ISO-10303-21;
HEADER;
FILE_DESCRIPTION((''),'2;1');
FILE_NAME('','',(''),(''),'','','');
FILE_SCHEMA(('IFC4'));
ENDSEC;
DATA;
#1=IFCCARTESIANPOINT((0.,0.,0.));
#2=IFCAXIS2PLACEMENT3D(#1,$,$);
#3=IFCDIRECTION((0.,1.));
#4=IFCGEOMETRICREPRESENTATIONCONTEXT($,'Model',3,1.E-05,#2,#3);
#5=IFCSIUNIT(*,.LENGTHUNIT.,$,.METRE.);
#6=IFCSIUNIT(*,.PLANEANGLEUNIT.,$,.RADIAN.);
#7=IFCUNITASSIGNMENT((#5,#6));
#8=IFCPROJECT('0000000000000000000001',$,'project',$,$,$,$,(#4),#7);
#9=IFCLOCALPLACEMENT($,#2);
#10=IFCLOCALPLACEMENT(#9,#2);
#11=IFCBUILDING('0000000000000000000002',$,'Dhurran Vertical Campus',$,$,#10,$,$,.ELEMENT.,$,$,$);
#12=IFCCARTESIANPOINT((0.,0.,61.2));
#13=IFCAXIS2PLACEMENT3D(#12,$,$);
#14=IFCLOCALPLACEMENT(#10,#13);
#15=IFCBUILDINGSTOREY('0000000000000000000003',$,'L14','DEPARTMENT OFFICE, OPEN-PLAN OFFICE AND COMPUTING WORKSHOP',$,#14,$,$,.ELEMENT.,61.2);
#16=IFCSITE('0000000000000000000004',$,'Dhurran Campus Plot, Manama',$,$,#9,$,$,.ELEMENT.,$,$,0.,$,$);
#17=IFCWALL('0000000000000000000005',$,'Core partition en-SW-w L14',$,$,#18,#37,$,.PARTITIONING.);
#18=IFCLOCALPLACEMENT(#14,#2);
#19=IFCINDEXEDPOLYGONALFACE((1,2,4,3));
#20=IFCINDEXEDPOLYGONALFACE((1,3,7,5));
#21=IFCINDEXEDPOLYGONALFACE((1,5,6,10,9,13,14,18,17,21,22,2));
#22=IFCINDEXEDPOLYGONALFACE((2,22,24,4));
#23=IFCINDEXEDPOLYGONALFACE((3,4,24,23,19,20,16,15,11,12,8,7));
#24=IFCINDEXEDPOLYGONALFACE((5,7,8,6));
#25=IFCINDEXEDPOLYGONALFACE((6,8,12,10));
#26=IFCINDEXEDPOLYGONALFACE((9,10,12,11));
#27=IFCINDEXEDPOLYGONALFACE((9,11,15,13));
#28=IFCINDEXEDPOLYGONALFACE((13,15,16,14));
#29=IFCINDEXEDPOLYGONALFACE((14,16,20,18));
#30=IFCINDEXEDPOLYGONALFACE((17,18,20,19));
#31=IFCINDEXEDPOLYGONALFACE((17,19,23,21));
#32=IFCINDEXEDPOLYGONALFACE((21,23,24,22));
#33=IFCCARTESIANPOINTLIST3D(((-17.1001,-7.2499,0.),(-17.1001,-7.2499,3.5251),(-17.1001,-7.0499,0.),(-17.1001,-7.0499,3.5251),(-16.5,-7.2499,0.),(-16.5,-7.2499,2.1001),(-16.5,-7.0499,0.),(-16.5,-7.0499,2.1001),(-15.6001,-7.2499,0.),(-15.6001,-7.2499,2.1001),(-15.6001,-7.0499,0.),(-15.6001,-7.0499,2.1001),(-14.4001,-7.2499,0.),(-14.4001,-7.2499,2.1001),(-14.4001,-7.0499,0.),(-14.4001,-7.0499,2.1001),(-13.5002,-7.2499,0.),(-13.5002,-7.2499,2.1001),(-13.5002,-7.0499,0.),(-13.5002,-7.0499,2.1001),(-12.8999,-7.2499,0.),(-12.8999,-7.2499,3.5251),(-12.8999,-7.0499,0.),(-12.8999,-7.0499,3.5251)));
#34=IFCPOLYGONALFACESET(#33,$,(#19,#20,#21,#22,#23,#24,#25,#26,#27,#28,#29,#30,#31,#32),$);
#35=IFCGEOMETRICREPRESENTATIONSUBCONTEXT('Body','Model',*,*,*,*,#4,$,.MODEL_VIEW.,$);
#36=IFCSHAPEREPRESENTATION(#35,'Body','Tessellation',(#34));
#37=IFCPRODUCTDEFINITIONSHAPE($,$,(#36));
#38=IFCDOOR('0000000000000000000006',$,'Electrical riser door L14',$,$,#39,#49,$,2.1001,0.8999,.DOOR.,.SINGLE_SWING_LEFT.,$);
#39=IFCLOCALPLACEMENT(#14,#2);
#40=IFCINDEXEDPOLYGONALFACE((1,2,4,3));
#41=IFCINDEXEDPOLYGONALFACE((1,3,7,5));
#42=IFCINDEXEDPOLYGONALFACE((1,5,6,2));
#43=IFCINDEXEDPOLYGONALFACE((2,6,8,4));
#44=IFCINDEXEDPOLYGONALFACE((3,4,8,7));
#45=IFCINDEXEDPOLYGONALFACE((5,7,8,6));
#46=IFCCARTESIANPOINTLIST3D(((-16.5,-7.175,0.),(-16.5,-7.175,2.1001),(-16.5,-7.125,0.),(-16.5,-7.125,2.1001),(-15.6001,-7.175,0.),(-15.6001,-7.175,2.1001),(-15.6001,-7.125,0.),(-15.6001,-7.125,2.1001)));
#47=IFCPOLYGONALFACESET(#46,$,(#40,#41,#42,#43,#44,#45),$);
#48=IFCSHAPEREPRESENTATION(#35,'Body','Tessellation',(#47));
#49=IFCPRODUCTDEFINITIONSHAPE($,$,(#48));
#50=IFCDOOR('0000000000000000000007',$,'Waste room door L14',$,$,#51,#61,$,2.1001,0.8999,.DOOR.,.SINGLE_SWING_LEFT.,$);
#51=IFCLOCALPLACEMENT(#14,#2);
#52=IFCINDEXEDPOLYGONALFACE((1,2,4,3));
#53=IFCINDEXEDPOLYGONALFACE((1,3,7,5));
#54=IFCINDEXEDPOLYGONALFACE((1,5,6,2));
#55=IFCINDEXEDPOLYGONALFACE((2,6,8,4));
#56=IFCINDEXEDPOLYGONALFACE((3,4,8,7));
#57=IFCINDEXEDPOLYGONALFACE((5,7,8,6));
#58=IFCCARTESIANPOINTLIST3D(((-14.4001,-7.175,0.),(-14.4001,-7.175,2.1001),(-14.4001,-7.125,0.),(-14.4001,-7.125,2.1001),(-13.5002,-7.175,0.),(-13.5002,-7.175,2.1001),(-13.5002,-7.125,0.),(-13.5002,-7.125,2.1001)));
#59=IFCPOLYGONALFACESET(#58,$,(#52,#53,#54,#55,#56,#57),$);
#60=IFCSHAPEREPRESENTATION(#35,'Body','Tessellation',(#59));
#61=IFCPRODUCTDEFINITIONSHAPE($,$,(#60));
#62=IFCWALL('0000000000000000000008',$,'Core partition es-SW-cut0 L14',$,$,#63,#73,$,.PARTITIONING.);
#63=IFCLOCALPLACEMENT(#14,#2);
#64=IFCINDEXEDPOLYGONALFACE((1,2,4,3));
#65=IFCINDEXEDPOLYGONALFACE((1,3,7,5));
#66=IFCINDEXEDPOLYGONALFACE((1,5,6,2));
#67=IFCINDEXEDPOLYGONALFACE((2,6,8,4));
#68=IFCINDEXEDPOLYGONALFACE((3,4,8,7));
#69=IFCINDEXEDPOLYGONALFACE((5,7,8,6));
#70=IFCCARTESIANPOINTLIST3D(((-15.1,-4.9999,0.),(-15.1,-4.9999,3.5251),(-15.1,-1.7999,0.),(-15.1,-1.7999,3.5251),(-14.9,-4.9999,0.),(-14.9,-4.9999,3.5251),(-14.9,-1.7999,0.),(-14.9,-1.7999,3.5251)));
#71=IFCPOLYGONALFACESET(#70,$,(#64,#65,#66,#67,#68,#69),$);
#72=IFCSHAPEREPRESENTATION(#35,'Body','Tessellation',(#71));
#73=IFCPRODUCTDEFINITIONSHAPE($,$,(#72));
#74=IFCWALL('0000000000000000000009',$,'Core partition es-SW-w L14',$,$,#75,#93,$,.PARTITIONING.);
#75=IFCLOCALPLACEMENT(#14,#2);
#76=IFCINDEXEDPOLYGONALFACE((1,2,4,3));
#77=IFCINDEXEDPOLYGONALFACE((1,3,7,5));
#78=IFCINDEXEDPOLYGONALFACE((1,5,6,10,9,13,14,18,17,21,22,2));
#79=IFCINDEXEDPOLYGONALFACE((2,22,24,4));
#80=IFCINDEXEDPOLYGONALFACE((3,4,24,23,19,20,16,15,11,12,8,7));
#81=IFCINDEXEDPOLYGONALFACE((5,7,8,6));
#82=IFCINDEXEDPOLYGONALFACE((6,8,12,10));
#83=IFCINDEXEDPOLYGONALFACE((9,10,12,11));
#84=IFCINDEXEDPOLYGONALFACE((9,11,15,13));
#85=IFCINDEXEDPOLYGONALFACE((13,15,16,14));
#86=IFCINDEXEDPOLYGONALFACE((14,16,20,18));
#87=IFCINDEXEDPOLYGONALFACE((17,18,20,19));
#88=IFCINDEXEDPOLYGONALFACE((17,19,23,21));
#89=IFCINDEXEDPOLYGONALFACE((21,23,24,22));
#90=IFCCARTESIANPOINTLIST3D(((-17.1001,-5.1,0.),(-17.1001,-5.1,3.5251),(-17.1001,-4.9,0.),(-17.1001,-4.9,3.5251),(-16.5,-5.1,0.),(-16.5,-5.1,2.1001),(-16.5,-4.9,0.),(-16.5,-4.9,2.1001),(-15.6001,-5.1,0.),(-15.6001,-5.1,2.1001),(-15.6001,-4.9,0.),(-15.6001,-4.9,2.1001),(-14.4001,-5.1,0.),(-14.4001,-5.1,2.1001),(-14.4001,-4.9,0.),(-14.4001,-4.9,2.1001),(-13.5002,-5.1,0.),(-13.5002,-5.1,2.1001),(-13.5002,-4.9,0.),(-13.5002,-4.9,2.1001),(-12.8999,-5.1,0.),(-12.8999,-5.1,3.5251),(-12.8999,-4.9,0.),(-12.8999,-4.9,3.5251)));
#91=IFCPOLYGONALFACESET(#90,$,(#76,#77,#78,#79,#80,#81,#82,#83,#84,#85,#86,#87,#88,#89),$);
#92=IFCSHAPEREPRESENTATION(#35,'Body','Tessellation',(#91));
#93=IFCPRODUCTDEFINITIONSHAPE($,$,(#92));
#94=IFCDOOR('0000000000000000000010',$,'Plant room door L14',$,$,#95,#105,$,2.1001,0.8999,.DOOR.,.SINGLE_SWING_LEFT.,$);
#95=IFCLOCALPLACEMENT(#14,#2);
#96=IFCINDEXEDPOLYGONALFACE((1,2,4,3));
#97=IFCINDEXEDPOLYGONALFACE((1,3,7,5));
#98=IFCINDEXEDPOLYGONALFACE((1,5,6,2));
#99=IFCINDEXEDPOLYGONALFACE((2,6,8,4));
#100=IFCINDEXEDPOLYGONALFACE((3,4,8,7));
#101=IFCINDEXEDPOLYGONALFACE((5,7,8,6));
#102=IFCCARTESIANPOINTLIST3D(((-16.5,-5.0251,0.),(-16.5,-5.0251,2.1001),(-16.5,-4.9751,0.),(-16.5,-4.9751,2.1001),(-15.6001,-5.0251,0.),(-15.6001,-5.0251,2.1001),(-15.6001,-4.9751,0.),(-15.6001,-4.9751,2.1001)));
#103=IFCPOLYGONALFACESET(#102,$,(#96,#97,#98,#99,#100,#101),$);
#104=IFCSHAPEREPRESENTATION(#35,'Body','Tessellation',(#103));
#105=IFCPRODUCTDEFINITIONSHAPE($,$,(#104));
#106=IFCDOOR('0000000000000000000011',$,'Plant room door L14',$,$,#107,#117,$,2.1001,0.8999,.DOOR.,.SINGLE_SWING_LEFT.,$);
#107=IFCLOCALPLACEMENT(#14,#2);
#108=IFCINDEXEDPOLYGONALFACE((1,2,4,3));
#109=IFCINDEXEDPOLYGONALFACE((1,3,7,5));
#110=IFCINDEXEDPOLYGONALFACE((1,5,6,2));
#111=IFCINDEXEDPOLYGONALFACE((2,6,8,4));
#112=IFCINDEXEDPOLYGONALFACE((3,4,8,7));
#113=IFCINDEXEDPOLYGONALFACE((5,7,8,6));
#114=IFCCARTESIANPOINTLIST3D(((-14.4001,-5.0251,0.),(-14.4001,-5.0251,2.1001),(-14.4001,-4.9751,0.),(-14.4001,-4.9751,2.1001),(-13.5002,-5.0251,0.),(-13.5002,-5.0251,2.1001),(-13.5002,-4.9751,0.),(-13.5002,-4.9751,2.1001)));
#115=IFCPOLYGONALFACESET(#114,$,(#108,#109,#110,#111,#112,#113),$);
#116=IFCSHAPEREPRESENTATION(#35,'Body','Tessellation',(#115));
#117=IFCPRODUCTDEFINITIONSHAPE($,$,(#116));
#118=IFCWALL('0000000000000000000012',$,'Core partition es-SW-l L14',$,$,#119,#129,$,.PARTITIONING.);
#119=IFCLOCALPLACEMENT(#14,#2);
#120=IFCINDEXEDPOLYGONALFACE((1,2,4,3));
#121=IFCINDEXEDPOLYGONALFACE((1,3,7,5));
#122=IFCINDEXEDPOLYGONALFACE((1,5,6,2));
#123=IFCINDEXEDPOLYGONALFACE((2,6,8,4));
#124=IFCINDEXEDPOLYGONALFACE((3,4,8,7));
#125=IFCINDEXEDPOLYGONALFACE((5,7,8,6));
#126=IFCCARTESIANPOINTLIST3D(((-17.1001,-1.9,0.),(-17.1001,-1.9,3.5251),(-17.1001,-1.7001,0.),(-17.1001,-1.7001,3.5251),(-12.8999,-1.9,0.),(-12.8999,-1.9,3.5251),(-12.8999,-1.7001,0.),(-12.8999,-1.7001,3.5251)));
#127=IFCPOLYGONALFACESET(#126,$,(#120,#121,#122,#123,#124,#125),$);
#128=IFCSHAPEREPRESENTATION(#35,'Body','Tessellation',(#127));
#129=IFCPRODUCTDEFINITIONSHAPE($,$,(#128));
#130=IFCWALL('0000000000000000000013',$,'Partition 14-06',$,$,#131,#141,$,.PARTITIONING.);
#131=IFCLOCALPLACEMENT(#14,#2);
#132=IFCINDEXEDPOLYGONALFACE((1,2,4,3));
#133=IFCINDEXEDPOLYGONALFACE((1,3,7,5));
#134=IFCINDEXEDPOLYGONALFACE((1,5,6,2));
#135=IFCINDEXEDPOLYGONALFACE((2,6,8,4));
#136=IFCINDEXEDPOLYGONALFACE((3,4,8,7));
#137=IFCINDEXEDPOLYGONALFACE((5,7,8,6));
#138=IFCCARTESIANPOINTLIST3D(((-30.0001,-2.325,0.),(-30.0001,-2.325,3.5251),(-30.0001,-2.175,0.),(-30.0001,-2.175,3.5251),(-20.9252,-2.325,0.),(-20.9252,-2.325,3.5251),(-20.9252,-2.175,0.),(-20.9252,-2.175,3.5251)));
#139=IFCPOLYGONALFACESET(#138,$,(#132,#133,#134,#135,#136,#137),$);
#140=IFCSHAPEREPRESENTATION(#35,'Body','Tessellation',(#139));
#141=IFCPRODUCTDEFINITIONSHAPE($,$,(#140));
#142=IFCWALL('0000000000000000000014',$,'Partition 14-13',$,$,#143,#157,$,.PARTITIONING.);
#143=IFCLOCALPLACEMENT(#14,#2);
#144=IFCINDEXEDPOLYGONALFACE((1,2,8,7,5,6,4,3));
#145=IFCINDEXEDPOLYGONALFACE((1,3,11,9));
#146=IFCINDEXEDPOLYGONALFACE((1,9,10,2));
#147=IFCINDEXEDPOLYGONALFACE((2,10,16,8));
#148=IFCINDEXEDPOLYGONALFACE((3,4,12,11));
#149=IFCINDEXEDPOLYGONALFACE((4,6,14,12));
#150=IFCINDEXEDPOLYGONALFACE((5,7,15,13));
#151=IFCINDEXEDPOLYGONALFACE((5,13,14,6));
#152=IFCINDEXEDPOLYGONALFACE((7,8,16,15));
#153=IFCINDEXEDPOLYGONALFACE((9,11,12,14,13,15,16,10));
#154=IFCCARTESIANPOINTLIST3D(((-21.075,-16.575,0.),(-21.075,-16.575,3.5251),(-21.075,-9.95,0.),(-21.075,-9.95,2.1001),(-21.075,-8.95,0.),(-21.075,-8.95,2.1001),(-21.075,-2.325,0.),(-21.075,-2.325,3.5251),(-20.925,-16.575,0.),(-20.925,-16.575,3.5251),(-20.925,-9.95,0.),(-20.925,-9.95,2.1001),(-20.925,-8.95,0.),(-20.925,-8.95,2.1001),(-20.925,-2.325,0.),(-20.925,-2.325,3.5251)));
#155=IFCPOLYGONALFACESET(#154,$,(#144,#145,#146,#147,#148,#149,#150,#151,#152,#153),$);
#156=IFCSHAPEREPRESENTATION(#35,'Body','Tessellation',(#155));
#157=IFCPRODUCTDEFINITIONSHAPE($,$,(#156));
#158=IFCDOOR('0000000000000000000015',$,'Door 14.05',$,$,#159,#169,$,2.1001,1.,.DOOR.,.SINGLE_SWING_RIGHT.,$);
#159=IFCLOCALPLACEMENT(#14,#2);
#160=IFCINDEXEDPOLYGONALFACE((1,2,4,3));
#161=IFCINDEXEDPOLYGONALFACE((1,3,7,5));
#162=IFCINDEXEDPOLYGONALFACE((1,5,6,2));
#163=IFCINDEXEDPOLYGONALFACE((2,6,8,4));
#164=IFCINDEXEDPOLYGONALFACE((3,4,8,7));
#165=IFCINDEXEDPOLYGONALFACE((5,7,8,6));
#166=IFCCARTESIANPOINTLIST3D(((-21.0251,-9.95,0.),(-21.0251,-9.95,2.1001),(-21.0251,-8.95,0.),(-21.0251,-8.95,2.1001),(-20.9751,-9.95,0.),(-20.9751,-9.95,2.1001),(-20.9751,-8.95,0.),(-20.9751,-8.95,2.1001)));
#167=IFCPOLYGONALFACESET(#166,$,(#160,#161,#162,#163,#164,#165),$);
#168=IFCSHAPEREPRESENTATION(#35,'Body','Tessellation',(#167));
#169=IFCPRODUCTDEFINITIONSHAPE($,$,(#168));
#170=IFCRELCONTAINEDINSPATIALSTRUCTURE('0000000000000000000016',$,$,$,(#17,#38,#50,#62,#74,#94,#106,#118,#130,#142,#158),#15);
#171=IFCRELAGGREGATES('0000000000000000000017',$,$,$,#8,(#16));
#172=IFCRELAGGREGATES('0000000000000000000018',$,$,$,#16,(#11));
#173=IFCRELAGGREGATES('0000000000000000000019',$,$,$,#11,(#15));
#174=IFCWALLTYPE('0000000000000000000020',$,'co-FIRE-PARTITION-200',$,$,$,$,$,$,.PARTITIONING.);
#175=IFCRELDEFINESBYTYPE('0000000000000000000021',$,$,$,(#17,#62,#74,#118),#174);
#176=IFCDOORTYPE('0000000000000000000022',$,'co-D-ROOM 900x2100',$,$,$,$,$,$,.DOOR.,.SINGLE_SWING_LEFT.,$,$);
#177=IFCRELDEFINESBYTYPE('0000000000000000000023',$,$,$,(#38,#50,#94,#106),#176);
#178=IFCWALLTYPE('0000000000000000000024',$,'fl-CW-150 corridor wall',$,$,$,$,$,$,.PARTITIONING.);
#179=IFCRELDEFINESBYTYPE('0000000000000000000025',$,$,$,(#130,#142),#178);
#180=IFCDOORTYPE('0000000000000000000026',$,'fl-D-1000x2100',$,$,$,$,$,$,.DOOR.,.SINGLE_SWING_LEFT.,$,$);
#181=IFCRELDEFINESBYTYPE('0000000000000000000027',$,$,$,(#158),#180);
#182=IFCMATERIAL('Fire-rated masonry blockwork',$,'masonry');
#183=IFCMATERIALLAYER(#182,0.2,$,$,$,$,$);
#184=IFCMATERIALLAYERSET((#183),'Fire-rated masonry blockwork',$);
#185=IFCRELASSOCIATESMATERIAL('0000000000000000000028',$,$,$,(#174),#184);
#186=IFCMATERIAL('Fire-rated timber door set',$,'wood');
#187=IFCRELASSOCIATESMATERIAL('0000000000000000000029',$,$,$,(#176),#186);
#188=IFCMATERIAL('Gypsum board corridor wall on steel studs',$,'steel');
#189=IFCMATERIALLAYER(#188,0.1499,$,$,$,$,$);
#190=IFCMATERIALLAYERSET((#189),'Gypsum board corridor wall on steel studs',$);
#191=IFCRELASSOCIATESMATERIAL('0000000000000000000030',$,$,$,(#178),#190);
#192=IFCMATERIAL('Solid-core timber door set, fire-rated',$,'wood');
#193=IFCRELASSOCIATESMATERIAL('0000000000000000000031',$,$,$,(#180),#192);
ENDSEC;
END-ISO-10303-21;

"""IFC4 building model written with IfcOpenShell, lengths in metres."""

from ifc_helpers import new_model, si_unit, direction, frame, frame_2d, origin, place, context, subcontext, project, spatial, rectangle, extrude, material, layer, layer_set, type_object, element, fill, save


model = new_model("IFC4")

# Units and contexts
model_context = context("Model", 3, precision=1e-05, world=origin(), true_north=direction((0.0, 1.0)))
body_context = subcontext(model_context, "Body", "Model", "MODEL_VIEW")
ifc_project = project(units=[si_unit("LENGTHUNIT", "METRE"), si_unit("PLANEANGLEUNIT", "RADIAN")], contexts=[model_context])

# Site, building, storey
site_placement = place(None, origin())
site = spatial("IfcSite", under=ifc_project, at=site_placement, Name="Dhurran Campus Plot, Manama", CompositionType="ELEMENT", RefElevation=0.0)
building_placement = place(site_placement, origin())
building = spatial("IfcBuilding", under=site, at=building_placement, Name="Dhurran Vertical Campus", CompositionType="ELEMENT")
storey_placement = place(building_placement, frame((0.0, 0.0, 61.2)))
storey = spatial("IfcBuildingStorey", under=building, at=storey_placement, Name="L14", Description="DEPARTMENT OFFICE, OPEN-PLAN OFFICE AND COMPUTING WORKSHOP", CompositionType="ELEMENT", Elevation=61.2)

# Shared definitions
ifc_material_1 = material(Name="Fire-rated masonry blockwork", Category="masonry")
ifc_layer_1 = layer(ifc_material_1, 0.2)
ifc_layer_set_1 = layer_set([ifc_layer_1], Name="Fire-rated masonry blockwork")
wall_type_1 = type_object("IfcWallType", Name="co-FIRE-PARTITION-200", PredefinedType="PARTITIONING", material=ifc_layer_set_1)

# Wall, openings, doors
wall_1_placement = place(storey_placement, frame((-17.1001, -7.1499, 0.0), z_axis=(0.0, 0.0, 1.0), x_axis=(1.0, 0.0, 0.0)))
wall_1 = element("IfcWall", 1, at=wall_1_placement, inside=storey, type_object=wall_type_1, Name="Core partition en-SW-w L14", PredefinedType="PARTITIONING", context=body_context, shape_type="SweptSolid", body=[
    extrude(rectangle(XDim=4.2002, YDim=0.2, at=frame_2d((2.1001, 0.0))), origin(), (0.0, 0.0, 1.0), 3.5251),
])
opening_1_placement = place(wall_1_placement, frame((0.6001, 0.0, 0.0)))
opening_1 = element("IfcOpeningElement", 2, at=opening_1_placement, cuts=wall_1, PredefinedType="OPENING", context=body_context, shape_type="SweptSolid", body=[
    extrude(rectangle(XDim=0.8999, YDim=2.1001, at=frame_2d((0.45, 1.05))), frame((0.0, 0.1099, 0.0), z_axis=(0.0, -1.0, 0.0), x_axis=(1.0, 0.0, 0.0)), (0.0, 0.0, 1.0), 0.22),
])
opening_2_placement = place(wall_1_placement, frame((2.7, 0.0, 0.0)))
opening_2 = element("IfcOpeningElement", 3, at=opening_2_placement, cuts=wall_1, PredefinedType="OPENING", context=body_context, shape_type="SweptSolid", body=[
    extrude(rectangle(XDim=0.8999, YDim=2.1001, at=frame_2d((0.45, 1.05))), frame((0.0, 0.1099, 0.0), z_axis=(0.0, -1.0, 0.0), x_axis=(1.0, 0.0, 0.0)), (0.0, 0.0, 1.0), 0.22),
])
ifc_material_2 = material(Name="Fire-rated timber door set", Category="wood")
door_type_1 = type_object("IfcDoorType", Name="co-D-ROOM 900x2100", OperationType="SINGLE_SWING_LEFT", PredefinedType="DOOR", material=ifc_material_2)
door_1_placement = place(opening_1_placement, origin())
door_1 = element("IfcDoor", 4, at=door_1_placement, inside=storey, type_object=door_type_1, Name="Electrical riser door L14", OperationType="SINGLE_SWING_LEFT", OverallHeight=2.1001, OverallWidth=0.8999, PredefinedType="DOOR", context=body_context, shape_type="SweptSolid", body=[
    extrude(rectangle(XDim=0.8999, YDim=2.1001, at=frame_2d((0.45, 1.05))), frame((0.0, 0.0249, 0.0), z_axis=(0.0, -1.0, 0.0), x_axis=(1.0, 0.0, 0.0)), (0.0, 0.0, 1.0), 0.05),
])
fill(opening_1, door_1)
door_2_placement = place(opening_2_placement, origin())
door_2 = element("IfcDoor", 5, at=door_2_placement, inside=storey, type_object=door_type_1, Name="Waste room door L14", OperationType="SINGLE_SWING_LEFT", OverallHeight=2.1001, OverallWidth=0.8999, PredefinedType="DOOR", context=body_context, shape_type="SweptSolid", body=[
    extrude(rectangle(XDim=0.8999, YDim=2.1001, at=frame_2d((0.45, 1.05))), frame((0.0, 0.0249, 0.0), z_axis=(0.0, -1.0, 0.0), x_axis=(1.0, 0.0, 0.0)), (0.0, 0.0, 1.0), 0.05),
])
fill(opening_2, door_2)

# Wall
wall_2_placement = place(storey_placement, frame((-15.0, -5.0, 0.0), z_axis=(0.0, 0.0, 1.0), x_axis=(0.0, 1.0, 0.0)))
element("IfcWall", 6, at=wall_2_placement, inside=storey, type_object=wall_type_1, Name="Core partition es-SW-cut0 L14", PredefinedType="PARTITIONING", context=body_context, shape_type="SweptSolid", body=[
    extrude(rectangle(XDim=3.2, YDim=0.2, at=frame_2d((1.6001, 0.0))), origin(), (0.0, 0.0, 1.0), 3.5251),
])

# Wall, openings, doors
wall_3_placement = place(storey_placement, frame((-17.1001, -5.0, 0.0), z_axis=(0.0, 0.0, 1.0), x_axis=(1.0, 0.0, 0.0)))
wall_3 = element("IfcWall", 7, at=wall_3_placement, inside=storey, type_object=wall_type_1, Name="Core partition es-SW-w L14", PredefinedType="PARTITIONING", context=body_context, shape_type="SweptSolid", body=[
    extrude(rectangle(XDim=4.2002, YDim=0.2, at=frame_2d((2.1001, 0.0))), origin(), (0.0, 0.0, 1.0), 3.5251),
])
opening_3_placement = place(wall_3_placement, frame((0.6001, 0.0, 0.0)))
opening_3 = element("IfcOpeningElement", 8, at=opening_3_placement, cuts=wall_3, PredefinedType="OPENING", context=body_context, shape_type="SweptSolid", body=[
    extrude(rectangle(XDim=0.8999, YDim=2.1001, at=frame_2d((0.45, 1.05))), frame((0.0, 0.1099, 0.0), z_axis=(0.0, -1.0, 0.0), x_axis=(1.0, 0.0, 0.0)), (0.0, 0.0, 1.0), 0.22),
])
opening_4_placement = place(wall_3_placement, frame((2.7, 0.0, 0.0)))
opening_4 = element("IfcOpeningElement", 9, at=opening_4_placement, cuts=wall_3, PredefinedType="OPENING", context=body_context, shape_type="SweptSolid", body=[
    extrude(rectangle(XDim=0.8999, YDim=2.1001, at=frame_2d((0.45, 1.05))), frame((0.0, 0.1099, 0.0), z_axis=(0.0, -1.0, 0.0), x_axis=(1.0, 0.0, 0.0)), (0.0, 0.0, 1.0), 0.22),
])
door_3_placement = place(opening_3_placement, origin())
door_3 = element("IfcDoor", 10, at=door_3_placement, inside=storey, type_object=door_type_1, Name="Plant room door L14", OperationType="SINGLE_SWING_LEFT", OverallHeight=2.1001, OverallWidth=0.8999, PredefinedType="DOOR", context=body_context, shape_type="SweptSolid", body=[
    extrude(rectangle(XDim=0.8999, YDim=2.1001, at=frame_2d((0.45, 1.05))), frame((0.0, 0.0249, 0.0), z_axis=(0.0, -1.0, 0.0), x_axis=(1.0, 0.0, 0.0)), (0.0, 0.0, 1.0), 0.05),
])
fill(opening_3, door_3)
door_4_placement = place(opening_4_placement, origin())
door_4 = element("IfcDoor", 11, at=door_4_placement, inside=storey, type_object=door_type_1, Name="Plant room door L14", OperationType="SINGLE_SWING_LEFT", OverallHeight=2.1001, OverallWidth=0.8999, PredefinedType="DOOR", context=body_context, shape_type="SweptSolid", body=[
    extrude(rectangle(XDim=0.8999, YDim=2.1001, at=frame_2d((0.45, 1.05))), frame((0.0, 0.0249, 0.0), z_axis=(0.0, -1.0, 0.0), x_axis=(1.0, 0.0, 0.0)), (0.0, 0.0, 1.0), 0.05),
])
fill(opening_4, door_4)

# Walls
wall_4_placement = place(storey_placement, frame((-17.1001, -1.8, 0.0), z_axis=(0.0, 0.0, 1.0), x_axis=(1.0, 0.0, 0.0)))
element("IfcWall", 12, at=wall_4_placement, inside=storey, type_object=wall_type_1, Name="Core partition es-SW-l L14", PredefinedType="PARTITIONING", context=body_context, shape_type="SweptSolid", body=[
    extrude(rectangle(XDim=4.2002, YDim=0.2, at=frame_2d((2.1001, 0.0))), origin(), (0.0, 0.0, 1.0), 3.5251),
])
ifc_material_3 = material(Name="Gypsum board corridor wall on steel studs", Category="steel")
ifc_layer_2 = layer(ifc_material_3, 0.1499)
ifc_layer_set_2 = layer_set([ifc_layer_2], Name="Gypsum board corridor wall on steel studs")
wall_type_2 = type_object("IfcWallType", Name="fl-CW-150 corridor wall", PredefinedType="PARTITIONING", material=ifc_layer_set_2)
wall_5_placement = place(storey_placement, frame((-20.925, -2.25, 0.0), z_axis=(0.0, 0.0, 1.0), x_axis=(-1.0, 0.0, 0.0)))
element("IfcWall", 13, at=wall_5_placement, inside=storey, type_object=wall_type_2, Name="Partition 14-06", PredefinedType="PARTITIONING", context=body_context, shape_type="SweptSolid", body=[
    extrude(rectangle(XDim=9.075, YDim=0.1499, at=frame_2d((4.5376, 0.0))), origin(), (0.0, 0.0, 1.0), 3.5251),
])

# Wall, opening, door
wall_6_placement = place(storey_placement, frame((-21.0, -2.325, 0.0), z_axis=(0.0, 0.0, 1.0), x_axis=(0.0, -1.0, 0.0)))
wall_6 = element("IfcWall", 14, at=wall_6_placement, inside=storey, type_object=wall_type_2, Name="Partition 14-13", PredefinedType="PARTITIONING", context=body_context, shape_type="SweptSolid", body=[
    extrude(rectangle(XDim=14.25, YDim=0.1499, at=frame_2d((7.125, 0.0))), origin(), (0.0, 0.0, 1.0), 3.5251),
])
opening_5_placement = place(wall_6_placement, frame((6.625, 0.0, 0.0)))
opening_5 = element("IfcOpeningElement", 15, at=opening_5_placement, cuts=wall_6, PredefinedType="OPENING", context=body_context, shape_type="SweptSolid", body=[
    extrude(rectangle(XDim=1.0, YDim=2.1001, at=frame_2d((0.5, 1.05))), frame((0.0, 0.085, 0.0), z_axis=(0.0, -1.0, 0.0), x_axis=(1.0, 0.0, 0.0)), (0.0, 0.0, 1.0), 0.1699),
])
ifc_material_4 = material(Name="Solid-core timber door set, fire-rated", Category="wood")
door_type_2 = type_object("IfcDoorType", Name="fl-D-1000x2100", OperationType="SINGLE_SWING_LEFT", PredefinedType="DOOR", material=ifc_material_4)
door_5_placement = place(opening_5_placement, origin())
door_5 = element("IfcDoor", 16, at=door_5_placement, inside=storey, type_object=door_type_2, Name="Door 14.05", OperationType="SINGLE_SWING_RIGHT", OverallHeight=2.1001, OverallWidth=1.0, PredefinedType="DOOR", context=body_context, shape_type="SweptSolid", body=[
    extrude(rectangle(XDim=1.0, YDim=2.1001, at=frame_2d((0.5, 1.05))), frame((0.0, 0.0249, 0.0), z_axis=(0.0, -1.0, 0.0), x_axis=(1.0, 0.0, 0.0)), (0.0, 0.0, 1.0), 0.05),
])
fill(opening_5, door_5)

save(model, "model.ifc")
